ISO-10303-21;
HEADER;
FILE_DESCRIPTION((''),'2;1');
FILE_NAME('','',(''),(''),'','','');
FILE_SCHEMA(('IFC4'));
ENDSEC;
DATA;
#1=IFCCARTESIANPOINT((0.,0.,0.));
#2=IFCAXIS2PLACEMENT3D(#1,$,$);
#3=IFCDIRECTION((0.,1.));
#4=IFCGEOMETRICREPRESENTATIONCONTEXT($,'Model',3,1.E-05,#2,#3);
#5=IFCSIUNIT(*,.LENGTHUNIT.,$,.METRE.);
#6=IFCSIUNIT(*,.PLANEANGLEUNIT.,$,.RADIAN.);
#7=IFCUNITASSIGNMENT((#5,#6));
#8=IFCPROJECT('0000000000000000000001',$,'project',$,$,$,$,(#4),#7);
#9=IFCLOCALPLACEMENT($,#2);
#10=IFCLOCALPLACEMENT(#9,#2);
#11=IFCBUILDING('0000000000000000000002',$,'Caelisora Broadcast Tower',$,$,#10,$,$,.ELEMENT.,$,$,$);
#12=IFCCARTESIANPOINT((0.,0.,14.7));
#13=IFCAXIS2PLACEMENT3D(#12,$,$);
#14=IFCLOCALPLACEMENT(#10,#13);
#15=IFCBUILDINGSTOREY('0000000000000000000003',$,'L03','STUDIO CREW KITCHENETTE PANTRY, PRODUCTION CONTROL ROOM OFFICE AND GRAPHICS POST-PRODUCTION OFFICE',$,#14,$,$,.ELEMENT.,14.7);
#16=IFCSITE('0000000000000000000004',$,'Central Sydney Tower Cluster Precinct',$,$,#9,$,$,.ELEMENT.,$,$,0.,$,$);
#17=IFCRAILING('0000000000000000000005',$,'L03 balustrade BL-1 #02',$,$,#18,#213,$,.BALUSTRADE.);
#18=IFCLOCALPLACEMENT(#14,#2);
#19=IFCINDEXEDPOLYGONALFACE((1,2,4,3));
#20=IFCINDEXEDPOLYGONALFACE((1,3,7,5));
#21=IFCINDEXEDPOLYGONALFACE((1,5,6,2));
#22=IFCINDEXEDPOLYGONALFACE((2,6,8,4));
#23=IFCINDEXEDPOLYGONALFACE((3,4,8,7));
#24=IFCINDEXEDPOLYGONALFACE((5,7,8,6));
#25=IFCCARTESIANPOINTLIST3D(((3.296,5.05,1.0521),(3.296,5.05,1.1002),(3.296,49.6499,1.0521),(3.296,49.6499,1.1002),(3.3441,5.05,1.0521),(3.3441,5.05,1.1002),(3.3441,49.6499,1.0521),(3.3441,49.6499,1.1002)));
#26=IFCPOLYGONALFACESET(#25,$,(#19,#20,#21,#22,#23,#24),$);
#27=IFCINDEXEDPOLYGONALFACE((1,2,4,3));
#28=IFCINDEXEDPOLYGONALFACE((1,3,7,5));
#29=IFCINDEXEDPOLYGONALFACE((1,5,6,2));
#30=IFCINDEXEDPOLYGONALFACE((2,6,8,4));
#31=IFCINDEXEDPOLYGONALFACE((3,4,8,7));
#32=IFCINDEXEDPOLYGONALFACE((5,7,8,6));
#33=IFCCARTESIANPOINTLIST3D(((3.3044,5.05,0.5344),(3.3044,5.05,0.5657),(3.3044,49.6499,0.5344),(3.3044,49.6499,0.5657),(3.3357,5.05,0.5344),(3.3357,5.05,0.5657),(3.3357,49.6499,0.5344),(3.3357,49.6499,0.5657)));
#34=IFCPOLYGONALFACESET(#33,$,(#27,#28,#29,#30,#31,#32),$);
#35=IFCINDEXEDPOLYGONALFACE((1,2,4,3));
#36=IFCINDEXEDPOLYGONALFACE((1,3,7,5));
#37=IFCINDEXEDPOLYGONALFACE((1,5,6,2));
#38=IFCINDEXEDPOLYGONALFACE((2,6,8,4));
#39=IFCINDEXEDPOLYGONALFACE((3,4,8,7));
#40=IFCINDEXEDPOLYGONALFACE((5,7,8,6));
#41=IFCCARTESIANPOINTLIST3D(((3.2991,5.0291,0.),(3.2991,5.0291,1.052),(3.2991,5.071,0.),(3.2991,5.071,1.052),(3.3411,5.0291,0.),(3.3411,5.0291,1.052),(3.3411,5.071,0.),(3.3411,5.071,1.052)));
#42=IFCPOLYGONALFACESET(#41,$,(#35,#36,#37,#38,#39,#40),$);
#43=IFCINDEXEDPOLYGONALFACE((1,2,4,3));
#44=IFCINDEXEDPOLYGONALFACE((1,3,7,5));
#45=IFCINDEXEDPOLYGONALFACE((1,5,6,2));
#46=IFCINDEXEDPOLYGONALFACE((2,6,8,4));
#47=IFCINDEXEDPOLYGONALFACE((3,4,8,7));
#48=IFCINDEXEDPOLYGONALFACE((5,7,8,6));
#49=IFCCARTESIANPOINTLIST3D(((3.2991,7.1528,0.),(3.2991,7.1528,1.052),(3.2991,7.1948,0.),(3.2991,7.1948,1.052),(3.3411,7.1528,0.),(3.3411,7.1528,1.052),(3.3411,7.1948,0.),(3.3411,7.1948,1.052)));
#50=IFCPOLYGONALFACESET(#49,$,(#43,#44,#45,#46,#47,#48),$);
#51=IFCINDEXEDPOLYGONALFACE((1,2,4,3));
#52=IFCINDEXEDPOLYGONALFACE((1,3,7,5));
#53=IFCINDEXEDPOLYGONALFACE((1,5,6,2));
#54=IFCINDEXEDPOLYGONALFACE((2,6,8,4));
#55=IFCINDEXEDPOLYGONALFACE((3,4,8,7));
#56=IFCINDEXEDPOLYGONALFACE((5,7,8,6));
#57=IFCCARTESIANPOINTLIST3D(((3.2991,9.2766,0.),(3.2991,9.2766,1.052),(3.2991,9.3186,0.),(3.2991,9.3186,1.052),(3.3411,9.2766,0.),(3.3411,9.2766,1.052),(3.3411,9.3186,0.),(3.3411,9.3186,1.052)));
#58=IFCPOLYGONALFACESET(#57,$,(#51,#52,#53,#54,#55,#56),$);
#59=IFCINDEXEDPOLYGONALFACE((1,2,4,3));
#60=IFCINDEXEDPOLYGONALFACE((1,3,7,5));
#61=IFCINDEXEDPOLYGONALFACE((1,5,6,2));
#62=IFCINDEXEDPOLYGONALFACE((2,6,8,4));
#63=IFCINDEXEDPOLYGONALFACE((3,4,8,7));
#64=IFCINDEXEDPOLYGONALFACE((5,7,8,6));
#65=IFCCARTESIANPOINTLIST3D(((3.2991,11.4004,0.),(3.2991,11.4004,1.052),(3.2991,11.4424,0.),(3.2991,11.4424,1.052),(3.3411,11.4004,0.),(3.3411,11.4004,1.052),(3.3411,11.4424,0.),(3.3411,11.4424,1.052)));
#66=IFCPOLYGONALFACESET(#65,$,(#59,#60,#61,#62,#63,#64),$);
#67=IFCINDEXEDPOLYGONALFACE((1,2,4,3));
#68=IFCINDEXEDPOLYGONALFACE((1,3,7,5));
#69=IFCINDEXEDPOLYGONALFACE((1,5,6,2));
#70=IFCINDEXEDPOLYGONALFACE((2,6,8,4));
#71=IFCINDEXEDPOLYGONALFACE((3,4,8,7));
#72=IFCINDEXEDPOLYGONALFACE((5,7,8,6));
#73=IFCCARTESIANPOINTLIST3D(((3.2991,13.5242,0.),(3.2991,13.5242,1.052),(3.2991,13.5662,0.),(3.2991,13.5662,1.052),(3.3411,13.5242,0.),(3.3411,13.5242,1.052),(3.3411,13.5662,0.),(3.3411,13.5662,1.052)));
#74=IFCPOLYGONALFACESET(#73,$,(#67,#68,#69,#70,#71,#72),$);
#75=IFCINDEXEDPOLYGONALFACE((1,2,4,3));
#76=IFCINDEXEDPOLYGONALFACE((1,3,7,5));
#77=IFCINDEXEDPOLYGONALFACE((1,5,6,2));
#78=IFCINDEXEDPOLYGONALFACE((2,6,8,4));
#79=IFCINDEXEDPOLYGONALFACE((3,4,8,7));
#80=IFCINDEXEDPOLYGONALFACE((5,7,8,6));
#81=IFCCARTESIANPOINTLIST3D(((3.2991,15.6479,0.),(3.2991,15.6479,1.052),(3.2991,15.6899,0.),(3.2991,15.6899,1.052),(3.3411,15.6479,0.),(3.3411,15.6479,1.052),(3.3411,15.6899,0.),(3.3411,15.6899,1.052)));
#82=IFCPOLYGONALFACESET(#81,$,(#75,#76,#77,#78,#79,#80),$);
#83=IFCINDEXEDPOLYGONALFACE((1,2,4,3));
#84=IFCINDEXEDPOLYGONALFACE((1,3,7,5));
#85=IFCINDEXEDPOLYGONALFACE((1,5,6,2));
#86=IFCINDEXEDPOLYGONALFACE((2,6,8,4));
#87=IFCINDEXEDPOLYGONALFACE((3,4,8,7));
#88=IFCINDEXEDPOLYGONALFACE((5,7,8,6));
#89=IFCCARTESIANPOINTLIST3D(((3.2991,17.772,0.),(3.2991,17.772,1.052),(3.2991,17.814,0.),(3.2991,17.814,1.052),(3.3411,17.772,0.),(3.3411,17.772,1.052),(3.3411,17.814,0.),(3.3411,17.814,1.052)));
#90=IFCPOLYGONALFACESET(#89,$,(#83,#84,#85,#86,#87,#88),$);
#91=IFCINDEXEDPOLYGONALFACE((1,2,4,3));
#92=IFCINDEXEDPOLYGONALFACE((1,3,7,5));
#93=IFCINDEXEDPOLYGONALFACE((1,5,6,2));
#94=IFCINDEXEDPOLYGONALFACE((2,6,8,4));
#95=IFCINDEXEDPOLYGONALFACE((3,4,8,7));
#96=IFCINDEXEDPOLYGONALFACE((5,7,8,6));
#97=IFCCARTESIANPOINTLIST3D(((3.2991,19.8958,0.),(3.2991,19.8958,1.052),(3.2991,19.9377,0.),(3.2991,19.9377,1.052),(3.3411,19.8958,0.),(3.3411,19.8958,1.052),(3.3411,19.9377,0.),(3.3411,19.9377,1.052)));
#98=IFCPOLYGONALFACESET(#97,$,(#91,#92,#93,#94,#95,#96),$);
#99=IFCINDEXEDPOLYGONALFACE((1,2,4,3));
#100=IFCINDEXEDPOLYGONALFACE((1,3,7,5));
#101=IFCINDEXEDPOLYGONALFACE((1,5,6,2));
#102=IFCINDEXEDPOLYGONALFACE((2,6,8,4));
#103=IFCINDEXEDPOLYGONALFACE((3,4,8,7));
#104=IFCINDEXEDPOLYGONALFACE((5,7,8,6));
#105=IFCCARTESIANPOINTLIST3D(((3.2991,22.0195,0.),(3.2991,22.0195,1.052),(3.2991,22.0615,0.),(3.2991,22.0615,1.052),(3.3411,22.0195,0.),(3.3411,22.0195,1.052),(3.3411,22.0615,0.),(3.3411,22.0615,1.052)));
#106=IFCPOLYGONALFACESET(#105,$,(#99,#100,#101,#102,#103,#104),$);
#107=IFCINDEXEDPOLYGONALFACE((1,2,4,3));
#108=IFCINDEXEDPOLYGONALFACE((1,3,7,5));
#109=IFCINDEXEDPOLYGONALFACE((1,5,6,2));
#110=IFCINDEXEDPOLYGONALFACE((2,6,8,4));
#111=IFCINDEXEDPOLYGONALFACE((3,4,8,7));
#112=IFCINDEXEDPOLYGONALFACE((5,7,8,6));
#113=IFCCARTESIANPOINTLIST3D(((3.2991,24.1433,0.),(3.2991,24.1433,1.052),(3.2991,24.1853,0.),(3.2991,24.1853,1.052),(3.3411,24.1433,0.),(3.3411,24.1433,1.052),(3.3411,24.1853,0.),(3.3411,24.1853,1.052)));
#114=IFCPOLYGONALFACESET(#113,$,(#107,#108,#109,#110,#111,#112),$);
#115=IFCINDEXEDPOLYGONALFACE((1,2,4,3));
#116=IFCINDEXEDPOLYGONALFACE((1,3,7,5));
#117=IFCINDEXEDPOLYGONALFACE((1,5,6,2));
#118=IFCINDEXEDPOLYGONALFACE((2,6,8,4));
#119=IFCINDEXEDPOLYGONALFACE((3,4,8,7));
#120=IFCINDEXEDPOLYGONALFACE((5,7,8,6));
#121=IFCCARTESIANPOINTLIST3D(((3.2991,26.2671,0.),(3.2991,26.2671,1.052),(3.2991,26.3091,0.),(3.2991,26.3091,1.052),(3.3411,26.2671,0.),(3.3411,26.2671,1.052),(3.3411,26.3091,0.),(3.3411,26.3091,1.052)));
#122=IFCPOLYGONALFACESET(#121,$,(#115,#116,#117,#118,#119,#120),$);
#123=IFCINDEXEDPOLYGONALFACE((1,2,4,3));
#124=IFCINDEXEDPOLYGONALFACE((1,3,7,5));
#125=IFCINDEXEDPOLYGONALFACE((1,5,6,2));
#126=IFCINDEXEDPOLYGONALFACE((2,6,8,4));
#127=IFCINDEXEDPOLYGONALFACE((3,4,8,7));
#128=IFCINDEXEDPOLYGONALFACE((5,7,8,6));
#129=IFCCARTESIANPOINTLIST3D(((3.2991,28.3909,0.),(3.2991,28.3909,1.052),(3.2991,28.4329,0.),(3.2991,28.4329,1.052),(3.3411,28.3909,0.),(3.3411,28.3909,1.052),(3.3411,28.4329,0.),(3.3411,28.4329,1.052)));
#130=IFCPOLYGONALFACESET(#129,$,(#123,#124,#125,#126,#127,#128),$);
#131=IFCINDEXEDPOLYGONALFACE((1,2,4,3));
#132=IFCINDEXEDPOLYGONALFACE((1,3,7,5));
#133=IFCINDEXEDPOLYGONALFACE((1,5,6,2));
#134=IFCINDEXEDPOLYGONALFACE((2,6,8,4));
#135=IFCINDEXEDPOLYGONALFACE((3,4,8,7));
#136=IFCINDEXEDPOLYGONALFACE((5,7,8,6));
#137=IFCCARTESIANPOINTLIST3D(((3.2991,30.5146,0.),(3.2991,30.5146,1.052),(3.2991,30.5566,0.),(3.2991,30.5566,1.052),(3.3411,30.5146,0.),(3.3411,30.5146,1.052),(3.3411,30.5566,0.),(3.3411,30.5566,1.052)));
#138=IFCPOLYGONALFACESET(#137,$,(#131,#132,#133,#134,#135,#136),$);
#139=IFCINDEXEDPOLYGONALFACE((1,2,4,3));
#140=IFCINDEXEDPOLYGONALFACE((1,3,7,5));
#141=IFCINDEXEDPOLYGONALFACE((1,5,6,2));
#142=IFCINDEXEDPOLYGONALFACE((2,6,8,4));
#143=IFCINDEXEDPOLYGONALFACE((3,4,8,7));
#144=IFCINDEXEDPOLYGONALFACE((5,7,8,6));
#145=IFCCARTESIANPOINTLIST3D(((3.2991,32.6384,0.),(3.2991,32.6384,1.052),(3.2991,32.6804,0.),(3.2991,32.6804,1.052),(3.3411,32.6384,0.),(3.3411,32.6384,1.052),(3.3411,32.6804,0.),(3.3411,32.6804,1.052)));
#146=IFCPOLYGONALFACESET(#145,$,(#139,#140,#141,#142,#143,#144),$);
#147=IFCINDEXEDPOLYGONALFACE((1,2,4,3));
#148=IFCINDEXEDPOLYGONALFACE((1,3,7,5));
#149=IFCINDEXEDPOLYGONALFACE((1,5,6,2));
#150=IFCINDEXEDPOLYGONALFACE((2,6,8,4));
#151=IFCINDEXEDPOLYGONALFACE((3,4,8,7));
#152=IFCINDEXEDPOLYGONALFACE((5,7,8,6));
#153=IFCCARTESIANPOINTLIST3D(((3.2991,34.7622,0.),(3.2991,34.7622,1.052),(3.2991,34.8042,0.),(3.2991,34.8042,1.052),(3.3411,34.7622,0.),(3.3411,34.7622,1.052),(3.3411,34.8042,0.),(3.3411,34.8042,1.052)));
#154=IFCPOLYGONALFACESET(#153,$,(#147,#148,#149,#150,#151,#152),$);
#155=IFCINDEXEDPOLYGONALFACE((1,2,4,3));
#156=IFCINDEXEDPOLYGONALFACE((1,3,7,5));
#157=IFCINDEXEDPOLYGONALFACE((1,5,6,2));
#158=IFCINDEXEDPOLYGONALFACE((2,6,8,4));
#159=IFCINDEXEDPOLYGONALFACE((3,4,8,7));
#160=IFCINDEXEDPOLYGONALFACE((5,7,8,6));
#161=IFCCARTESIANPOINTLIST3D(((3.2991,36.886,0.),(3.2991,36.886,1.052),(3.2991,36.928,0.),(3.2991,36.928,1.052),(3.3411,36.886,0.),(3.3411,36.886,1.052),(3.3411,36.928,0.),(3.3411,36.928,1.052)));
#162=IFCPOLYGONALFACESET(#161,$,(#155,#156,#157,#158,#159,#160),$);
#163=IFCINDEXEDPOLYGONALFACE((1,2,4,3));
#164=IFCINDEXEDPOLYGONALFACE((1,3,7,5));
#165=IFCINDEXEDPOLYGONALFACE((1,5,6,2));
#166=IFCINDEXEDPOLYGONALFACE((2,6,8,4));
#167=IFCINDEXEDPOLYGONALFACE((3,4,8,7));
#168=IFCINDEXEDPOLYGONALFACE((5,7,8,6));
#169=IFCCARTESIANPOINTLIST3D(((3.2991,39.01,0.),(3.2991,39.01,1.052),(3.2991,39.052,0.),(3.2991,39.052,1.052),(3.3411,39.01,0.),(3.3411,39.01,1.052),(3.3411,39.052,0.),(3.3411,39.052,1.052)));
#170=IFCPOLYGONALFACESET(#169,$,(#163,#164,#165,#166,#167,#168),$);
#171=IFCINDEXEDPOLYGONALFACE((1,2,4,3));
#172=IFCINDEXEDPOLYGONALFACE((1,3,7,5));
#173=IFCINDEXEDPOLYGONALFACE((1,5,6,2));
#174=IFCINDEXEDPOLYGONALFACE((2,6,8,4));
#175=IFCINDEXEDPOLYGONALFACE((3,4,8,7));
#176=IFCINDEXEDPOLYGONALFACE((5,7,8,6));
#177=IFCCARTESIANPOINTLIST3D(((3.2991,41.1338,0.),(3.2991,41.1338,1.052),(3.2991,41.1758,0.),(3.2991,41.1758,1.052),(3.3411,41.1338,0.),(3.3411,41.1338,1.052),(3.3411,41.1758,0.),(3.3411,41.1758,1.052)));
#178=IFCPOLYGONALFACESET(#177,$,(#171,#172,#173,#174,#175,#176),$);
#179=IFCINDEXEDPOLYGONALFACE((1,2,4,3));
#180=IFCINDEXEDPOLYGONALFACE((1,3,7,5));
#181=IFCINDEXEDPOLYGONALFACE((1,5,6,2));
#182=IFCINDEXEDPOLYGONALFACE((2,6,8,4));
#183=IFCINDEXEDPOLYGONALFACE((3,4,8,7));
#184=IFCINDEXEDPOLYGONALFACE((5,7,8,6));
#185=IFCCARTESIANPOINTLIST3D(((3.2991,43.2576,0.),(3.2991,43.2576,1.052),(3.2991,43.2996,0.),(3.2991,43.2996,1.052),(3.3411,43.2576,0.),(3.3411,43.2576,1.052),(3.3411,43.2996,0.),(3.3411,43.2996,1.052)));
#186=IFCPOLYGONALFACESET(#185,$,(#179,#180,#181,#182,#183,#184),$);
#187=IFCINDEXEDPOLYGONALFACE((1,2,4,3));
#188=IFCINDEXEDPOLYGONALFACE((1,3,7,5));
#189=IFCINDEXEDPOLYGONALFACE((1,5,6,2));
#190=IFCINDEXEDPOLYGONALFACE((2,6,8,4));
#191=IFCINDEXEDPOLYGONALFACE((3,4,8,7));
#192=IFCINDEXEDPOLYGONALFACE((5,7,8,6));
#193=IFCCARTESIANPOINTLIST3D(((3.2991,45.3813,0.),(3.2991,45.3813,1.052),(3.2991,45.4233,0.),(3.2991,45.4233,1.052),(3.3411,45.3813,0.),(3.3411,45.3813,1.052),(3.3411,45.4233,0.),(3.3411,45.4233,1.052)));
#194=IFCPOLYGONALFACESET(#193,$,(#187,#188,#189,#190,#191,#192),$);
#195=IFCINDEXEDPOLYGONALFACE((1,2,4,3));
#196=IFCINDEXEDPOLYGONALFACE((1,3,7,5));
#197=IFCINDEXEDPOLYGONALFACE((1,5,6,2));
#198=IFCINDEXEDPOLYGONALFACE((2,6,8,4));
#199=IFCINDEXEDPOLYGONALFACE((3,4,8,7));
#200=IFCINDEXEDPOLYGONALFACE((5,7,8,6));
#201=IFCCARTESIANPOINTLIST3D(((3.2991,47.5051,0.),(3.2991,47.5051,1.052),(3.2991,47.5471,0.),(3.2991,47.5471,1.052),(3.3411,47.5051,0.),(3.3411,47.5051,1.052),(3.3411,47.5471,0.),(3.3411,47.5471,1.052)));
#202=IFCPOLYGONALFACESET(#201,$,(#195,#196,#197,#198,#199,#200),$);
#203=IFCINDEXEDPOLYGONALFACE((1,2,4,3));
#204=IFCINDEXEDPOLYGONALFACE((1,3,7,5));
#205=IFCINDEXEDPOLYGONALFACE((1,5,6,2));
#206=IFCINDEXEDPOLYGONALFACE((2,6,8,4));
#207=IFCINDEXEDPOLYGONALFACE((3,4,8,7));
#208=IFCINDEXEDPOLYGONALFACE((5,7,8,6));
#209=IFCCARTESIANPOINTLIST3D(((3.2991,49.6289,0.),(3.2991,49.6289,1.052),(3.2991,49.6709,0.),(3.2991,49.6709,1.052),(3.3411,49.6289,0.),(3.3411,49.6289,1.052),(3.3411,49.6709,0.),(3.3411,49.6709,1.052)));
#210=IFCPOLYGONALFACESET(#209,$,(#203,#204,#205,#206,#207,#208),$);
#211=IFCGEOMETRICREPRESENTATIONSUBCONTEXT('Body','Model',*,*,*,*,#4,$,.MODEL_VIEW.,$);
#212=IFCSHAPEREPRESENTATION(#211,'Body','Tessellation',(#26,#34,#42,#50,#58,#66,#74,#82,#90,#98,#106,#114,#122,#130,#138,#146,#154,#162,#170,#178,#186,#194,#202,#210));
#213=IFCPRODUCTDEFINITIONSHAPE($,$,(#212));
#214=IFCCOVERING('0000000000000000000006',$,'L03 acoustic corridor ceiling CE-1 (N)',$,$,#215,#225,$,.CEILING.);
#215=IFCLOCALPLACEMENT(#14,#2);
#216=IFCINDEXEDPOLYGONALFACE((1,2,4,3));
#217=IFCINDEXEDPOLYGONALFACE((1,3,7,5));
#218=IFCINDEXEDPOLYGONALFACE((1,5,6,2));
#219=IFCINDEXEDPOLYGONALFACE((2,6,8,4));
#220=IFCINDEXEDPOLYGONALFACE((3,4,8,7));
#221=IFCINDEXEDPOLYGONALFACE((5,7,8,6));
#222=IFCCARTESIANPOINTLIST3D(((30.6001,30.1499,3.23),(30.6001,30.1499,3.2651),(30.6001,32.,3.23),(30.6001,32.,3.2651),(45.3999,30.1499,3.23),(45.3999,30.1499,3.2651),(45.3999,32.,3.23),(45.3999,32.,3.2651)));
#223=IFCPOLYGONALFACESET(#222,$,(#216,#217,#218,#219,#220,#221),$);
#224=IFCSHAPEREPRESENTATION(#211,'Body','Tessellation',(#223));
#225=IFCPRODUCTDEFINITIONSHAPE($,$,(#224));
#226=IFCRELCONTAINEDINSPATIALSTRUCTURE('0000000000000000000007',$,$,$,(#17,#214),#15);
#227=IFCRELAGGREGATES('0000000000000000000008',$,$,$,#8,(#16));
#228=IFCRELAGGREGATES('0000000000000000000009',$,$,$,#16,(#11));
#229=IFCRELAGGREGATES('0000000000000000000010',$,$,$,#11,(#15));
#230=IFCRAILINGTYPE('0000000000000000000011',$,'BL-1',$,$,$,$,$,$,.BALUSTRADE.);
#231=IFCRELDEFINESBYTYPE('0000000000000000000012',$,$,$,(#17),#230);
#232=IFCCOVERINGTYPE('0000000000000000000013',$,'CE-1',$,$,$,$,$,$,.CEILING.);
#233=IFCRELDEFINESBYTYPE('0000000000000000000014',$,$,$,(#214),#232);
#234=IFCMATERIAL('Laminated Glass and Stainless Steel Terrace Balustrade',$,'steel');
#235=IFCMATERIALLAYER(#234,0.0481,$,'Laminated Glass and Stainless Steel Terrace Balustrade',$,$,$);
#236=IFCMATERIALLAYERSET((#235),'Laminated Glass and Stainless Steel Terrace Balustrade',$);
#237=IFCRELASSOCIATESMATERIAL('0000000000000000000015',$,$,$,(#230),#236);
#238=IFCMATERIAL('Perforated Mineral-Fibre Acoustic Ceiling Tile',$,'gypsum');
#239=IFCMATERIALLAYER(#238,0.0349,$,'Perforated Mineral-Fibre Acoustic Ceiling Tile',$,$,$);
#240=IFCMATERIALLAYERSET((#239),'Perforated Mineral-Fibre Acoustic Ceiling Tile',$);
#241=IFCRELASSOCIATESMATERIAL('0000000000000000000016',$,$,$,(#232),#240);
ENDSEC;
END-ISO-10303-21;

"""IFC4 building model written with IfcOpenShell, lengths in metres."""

from ifc_helpers import new_model, si_unit, direction, frame, origin, origin_2d, place, context, subcontext, project, spatial, polyline, rectangle, outline, extrude, material, layer, layer_set, type_object, element, save


model = new_model("IFC4")

# Units and contexts
model_context = context("Model", 3, precision=1e-05, world=origin(), true_north=direction((0.0, 1.0)))
body_context = subcontext(model_context, "Body", "Model", "MODEL_VIEW")
ifc_project = project(units=[si_unit("LENGTHUNIT", "METRE"), si_unit("PLANEANGLEUNIT", "RADIAN")], contexts=[model_context])

# Site, building, storey
site_placement = place(None, origin())
site = spatial("IfcSite", under=ifc_project, at=site_placement, Name="Central Sydney Tower Cluster Precinct", CompositionType="ELEMENT", RefElevation=0.0)
building_placement = place(site_placement, origin())
building = spatial("IfcBuilding", under=site, at=building_placement, Name="Caelisora Broadcast Tower", CompositionType="ELEMENT")
storey_placement = place(building_placement, frame((0.0, 0.0, 14.7)))
storey = spatial("IfcBuildingStorey", under=building, at=storey_placement, Name="L03", Description="STUDIO CREW KITCHENETTE PANTRY, PRODUCTION CONTROL ROOM OFFICE AND GRAPHICS POST-PRODUCTION OFFICE", CompositionType="ELEMENT", Elevation=14.7)

# Railing
ifc_material_1 = material(Name="Laminated Glass and Stainless Steel Terrace Balustrade", Category="steel")
ifc_layer_1 = layer(ifc_material_1, 0.0481, Name="Laminated Glass and Stainless Steel Terrace Balustrade")
ifc_layer_set_1 = layer_set([ifc_layer_1], Name="Laminated Glass and Stainless Steel Terrace Balustrade")
railing_type = type_object("IfcRailingType", Name="BL-1", PredefinedType="BALUSTRADE", material=ifc_layer_set_1)
railing_1_placement = place(storey_placement, frame((3.3201, 5.05, 0.0)))
element("IfcRailing", 1, at=railing_1_placement, inside=storey, type_object=railing_type, Name="L03 balustrade BL-1 #02", PredefinedType="BALUSTRADE", context=body_context, shape_type="SweptSolid", body=[
    extrude(rectangle(XDim=0.0481, YDim=0.0481, at=origin_2d()), frame((0.0, 0.0, 1.0762), z_axis=(0.0, 1.0, 0.0), x_axis=(-1.0, 0.0, 0.0)), (0.0, 0.0, 1.0), 44.5999),
    extrude(rectangle(XDim=0.0312, YDim=0.0312, at=origin_2d()), frame((0.0, 0.0, 0.55), z_axis=(0.0, 1.0, 0.0), x_axis=(-1.0, 0.0, 0.0)), (0.0, 0.0, 1.0), 44.5999),
    extrude(rectangle(XDim=0.042, YDim=0.042, at=origin_2d()), origin(), (0.0, 0.0, 1.0), 1.052),
    extrude(rectangle(XDim=0.042, YDim=0.042, at=origin_2d()), frame((0.0, 2.1238, 0.0)), (0.0, 0.0, 1.0), 1.052),
    extrude(rectangle(XDim=0.042, YDim=0.042, at=origin_2d()), frame((0.0, 4.2476, 0.0)), (0.0, 0.0, 1.0), 1.052),
    extrude(rectangle(XDim=0.042, YDim=0.042, at=origin_2d()), frame((0.0, 6.3713, 0.0)), (0.0, 0.0, 1.0), 1.052),
    extrude(rectangle(XDim=0.042, YDim=0.042, at=origin_2d()), frame((0.0, 8.4951, 0.0)), (0.0, 0.0, 1.0), 1.052),
    extrude(rectangle(XDim=0.042, YDim=0.042, at=origin_2d()), frame((0.0, 10.6189, 0.0)), (0.0, 0.0, 1.0), 1.052),
    extrude(rectangle(XDim=0.042, YDim=0.042, at=origin_2d()), frame((0.0, 12.7429, 0.0)), (0.0, 0.0, 1.0), 1.052),
    extrude(rectangle(XDim=0.042, YDim=0.042, at=origin_2d()), frame((0.0, 14.8667, 0.0)), (0.0, 0.0, 1.0), 1.052),
    extrude(rectangle(XDim=0.042, YDim=0.042, at=origin_2d()), frame((0.0, 16.9905, 0.0)), (0.0, 0.0, 1.0), 1.052),
    extrude(rectangle(XDim=0.042, YDim=0.042, at=origin_2d()), frame((0.0, 19.1143, 0.0)), (0.0, 0.0, 1.0), 1.052),
    extrude(rectangle(XDim=0.042, YDim=0.042, at=origin_2d()), frame((0.0, 21.238, 0.0)), (0.0, 0.0, 1.0), 1.052),
    extrude(rectangle(XDim=0.042, YDim=0.042, at=origin_2d()), frame((0.0, 23.3618, 0.0)), (0.0, 0.0, 1.0), 1.052),
    extrude(rectangle(XDim=0.042, YDim=0.042, at=origin_2d()), frame((0.0, 25.4856, 0.0)), (0.0, 0.0, 1.0), 1.052),
    extrude(rectangle(XDim=0.042, YDim=0.042, at=origin_2d()), frame((0.0, 27.6094, 0.0)), (0.0, 0.0, 1.0), 1.052),
    extrude(rectangle(XDim=0.042, YDim=0.042, at=origin_2d()), frame((0.0, 29.7332, 0.0)), (0.0, 0.0, 1.0), 1.052),
    extrude(rectangle(XDim=0.042, YDim=0.042, at=origin_2d()), frame((0.0, 31.8569, 0.0)), (0.0, 0.0, 1.0), 1.052),
    extrude(rectangle(XDim=0.042, YDim=0.042, at=origin_2d()), frame((0.0, 33.981, 0.0)), (0.0, 0.0, 1.0), 1.052),
    extrude(rectangle(XDim=0.042, YDim=0.042, at=origin_2d()), frame((0.0, 36.1047, 0.0)), (0.0, 0.0, 1.0), 1.052),
    extrude(rectangle(XDim=0.042, YDim=0.042, at=origin_2d()), frame((0.0, 38.2285, 0.0)), (0.0, 0.0, 1.0), 1.052),
    extrude(rectangle(XDim=0.042, YDim=0.042, at=origin_2d()), frame((0.0, 40.3523, 0.0)), (0.0, 0.0, 1.0), 1.052),
    extrude(rectangle(XDim=0.042, YDim=0.042, at=origin_2d()), frame((0.0, 42.4761, 0.0)), (0.0, 0.0, 1.0), 1.052),
    extrude(rectangle(XDim=0.042, YDim=0.042, at=origin_2d()), frame((0.0, 44.5999, 0.0)), (0.0, 0.0, 1.0), 1.052),
])

# Covering
ifc_material_2 = material(Name="Perforated Mineral-Fibre Acoustic Ceiling Tile", Category="gypsum")
ifc_layer_2 = layer(ifc_material_2, 0.0349, Name="Perforated Mineral-Fibre Acoustic Ceiling Tile")
ifc_layer_set_2 = layer_set([ifc_layer_2], Name="Perforated Mineral-Fibre Acoustic Ceiling Tile")
covering_type_1 = type_object("IfcCoveringType", Name="CE-1", PredefinedType="CEILING", material=ifc_layer_set_2)
covering_1_placement = place(storey_placement, frame((0.0, 0.0, 3.23)))
element("IfcCovering", 2, at=covering_1_placement, inside=storey, type_object=covering_type_1, Name="L03 acoustic corridor ceiling CE-1 (N)", PredefinedType="CEILING", context=body_context, shape_type="SweptSolid", body=[
    extrude(outline(polyline([(30.6001, 30.1499), (45.3999, 30.1499), (45.3999, 32.0), (30.6001, 32.0), (30.6001, 30.1499)])), origin(), (0.0, 0.0, 1.0), 0.0352),
])

save(model, "model.ifc")
